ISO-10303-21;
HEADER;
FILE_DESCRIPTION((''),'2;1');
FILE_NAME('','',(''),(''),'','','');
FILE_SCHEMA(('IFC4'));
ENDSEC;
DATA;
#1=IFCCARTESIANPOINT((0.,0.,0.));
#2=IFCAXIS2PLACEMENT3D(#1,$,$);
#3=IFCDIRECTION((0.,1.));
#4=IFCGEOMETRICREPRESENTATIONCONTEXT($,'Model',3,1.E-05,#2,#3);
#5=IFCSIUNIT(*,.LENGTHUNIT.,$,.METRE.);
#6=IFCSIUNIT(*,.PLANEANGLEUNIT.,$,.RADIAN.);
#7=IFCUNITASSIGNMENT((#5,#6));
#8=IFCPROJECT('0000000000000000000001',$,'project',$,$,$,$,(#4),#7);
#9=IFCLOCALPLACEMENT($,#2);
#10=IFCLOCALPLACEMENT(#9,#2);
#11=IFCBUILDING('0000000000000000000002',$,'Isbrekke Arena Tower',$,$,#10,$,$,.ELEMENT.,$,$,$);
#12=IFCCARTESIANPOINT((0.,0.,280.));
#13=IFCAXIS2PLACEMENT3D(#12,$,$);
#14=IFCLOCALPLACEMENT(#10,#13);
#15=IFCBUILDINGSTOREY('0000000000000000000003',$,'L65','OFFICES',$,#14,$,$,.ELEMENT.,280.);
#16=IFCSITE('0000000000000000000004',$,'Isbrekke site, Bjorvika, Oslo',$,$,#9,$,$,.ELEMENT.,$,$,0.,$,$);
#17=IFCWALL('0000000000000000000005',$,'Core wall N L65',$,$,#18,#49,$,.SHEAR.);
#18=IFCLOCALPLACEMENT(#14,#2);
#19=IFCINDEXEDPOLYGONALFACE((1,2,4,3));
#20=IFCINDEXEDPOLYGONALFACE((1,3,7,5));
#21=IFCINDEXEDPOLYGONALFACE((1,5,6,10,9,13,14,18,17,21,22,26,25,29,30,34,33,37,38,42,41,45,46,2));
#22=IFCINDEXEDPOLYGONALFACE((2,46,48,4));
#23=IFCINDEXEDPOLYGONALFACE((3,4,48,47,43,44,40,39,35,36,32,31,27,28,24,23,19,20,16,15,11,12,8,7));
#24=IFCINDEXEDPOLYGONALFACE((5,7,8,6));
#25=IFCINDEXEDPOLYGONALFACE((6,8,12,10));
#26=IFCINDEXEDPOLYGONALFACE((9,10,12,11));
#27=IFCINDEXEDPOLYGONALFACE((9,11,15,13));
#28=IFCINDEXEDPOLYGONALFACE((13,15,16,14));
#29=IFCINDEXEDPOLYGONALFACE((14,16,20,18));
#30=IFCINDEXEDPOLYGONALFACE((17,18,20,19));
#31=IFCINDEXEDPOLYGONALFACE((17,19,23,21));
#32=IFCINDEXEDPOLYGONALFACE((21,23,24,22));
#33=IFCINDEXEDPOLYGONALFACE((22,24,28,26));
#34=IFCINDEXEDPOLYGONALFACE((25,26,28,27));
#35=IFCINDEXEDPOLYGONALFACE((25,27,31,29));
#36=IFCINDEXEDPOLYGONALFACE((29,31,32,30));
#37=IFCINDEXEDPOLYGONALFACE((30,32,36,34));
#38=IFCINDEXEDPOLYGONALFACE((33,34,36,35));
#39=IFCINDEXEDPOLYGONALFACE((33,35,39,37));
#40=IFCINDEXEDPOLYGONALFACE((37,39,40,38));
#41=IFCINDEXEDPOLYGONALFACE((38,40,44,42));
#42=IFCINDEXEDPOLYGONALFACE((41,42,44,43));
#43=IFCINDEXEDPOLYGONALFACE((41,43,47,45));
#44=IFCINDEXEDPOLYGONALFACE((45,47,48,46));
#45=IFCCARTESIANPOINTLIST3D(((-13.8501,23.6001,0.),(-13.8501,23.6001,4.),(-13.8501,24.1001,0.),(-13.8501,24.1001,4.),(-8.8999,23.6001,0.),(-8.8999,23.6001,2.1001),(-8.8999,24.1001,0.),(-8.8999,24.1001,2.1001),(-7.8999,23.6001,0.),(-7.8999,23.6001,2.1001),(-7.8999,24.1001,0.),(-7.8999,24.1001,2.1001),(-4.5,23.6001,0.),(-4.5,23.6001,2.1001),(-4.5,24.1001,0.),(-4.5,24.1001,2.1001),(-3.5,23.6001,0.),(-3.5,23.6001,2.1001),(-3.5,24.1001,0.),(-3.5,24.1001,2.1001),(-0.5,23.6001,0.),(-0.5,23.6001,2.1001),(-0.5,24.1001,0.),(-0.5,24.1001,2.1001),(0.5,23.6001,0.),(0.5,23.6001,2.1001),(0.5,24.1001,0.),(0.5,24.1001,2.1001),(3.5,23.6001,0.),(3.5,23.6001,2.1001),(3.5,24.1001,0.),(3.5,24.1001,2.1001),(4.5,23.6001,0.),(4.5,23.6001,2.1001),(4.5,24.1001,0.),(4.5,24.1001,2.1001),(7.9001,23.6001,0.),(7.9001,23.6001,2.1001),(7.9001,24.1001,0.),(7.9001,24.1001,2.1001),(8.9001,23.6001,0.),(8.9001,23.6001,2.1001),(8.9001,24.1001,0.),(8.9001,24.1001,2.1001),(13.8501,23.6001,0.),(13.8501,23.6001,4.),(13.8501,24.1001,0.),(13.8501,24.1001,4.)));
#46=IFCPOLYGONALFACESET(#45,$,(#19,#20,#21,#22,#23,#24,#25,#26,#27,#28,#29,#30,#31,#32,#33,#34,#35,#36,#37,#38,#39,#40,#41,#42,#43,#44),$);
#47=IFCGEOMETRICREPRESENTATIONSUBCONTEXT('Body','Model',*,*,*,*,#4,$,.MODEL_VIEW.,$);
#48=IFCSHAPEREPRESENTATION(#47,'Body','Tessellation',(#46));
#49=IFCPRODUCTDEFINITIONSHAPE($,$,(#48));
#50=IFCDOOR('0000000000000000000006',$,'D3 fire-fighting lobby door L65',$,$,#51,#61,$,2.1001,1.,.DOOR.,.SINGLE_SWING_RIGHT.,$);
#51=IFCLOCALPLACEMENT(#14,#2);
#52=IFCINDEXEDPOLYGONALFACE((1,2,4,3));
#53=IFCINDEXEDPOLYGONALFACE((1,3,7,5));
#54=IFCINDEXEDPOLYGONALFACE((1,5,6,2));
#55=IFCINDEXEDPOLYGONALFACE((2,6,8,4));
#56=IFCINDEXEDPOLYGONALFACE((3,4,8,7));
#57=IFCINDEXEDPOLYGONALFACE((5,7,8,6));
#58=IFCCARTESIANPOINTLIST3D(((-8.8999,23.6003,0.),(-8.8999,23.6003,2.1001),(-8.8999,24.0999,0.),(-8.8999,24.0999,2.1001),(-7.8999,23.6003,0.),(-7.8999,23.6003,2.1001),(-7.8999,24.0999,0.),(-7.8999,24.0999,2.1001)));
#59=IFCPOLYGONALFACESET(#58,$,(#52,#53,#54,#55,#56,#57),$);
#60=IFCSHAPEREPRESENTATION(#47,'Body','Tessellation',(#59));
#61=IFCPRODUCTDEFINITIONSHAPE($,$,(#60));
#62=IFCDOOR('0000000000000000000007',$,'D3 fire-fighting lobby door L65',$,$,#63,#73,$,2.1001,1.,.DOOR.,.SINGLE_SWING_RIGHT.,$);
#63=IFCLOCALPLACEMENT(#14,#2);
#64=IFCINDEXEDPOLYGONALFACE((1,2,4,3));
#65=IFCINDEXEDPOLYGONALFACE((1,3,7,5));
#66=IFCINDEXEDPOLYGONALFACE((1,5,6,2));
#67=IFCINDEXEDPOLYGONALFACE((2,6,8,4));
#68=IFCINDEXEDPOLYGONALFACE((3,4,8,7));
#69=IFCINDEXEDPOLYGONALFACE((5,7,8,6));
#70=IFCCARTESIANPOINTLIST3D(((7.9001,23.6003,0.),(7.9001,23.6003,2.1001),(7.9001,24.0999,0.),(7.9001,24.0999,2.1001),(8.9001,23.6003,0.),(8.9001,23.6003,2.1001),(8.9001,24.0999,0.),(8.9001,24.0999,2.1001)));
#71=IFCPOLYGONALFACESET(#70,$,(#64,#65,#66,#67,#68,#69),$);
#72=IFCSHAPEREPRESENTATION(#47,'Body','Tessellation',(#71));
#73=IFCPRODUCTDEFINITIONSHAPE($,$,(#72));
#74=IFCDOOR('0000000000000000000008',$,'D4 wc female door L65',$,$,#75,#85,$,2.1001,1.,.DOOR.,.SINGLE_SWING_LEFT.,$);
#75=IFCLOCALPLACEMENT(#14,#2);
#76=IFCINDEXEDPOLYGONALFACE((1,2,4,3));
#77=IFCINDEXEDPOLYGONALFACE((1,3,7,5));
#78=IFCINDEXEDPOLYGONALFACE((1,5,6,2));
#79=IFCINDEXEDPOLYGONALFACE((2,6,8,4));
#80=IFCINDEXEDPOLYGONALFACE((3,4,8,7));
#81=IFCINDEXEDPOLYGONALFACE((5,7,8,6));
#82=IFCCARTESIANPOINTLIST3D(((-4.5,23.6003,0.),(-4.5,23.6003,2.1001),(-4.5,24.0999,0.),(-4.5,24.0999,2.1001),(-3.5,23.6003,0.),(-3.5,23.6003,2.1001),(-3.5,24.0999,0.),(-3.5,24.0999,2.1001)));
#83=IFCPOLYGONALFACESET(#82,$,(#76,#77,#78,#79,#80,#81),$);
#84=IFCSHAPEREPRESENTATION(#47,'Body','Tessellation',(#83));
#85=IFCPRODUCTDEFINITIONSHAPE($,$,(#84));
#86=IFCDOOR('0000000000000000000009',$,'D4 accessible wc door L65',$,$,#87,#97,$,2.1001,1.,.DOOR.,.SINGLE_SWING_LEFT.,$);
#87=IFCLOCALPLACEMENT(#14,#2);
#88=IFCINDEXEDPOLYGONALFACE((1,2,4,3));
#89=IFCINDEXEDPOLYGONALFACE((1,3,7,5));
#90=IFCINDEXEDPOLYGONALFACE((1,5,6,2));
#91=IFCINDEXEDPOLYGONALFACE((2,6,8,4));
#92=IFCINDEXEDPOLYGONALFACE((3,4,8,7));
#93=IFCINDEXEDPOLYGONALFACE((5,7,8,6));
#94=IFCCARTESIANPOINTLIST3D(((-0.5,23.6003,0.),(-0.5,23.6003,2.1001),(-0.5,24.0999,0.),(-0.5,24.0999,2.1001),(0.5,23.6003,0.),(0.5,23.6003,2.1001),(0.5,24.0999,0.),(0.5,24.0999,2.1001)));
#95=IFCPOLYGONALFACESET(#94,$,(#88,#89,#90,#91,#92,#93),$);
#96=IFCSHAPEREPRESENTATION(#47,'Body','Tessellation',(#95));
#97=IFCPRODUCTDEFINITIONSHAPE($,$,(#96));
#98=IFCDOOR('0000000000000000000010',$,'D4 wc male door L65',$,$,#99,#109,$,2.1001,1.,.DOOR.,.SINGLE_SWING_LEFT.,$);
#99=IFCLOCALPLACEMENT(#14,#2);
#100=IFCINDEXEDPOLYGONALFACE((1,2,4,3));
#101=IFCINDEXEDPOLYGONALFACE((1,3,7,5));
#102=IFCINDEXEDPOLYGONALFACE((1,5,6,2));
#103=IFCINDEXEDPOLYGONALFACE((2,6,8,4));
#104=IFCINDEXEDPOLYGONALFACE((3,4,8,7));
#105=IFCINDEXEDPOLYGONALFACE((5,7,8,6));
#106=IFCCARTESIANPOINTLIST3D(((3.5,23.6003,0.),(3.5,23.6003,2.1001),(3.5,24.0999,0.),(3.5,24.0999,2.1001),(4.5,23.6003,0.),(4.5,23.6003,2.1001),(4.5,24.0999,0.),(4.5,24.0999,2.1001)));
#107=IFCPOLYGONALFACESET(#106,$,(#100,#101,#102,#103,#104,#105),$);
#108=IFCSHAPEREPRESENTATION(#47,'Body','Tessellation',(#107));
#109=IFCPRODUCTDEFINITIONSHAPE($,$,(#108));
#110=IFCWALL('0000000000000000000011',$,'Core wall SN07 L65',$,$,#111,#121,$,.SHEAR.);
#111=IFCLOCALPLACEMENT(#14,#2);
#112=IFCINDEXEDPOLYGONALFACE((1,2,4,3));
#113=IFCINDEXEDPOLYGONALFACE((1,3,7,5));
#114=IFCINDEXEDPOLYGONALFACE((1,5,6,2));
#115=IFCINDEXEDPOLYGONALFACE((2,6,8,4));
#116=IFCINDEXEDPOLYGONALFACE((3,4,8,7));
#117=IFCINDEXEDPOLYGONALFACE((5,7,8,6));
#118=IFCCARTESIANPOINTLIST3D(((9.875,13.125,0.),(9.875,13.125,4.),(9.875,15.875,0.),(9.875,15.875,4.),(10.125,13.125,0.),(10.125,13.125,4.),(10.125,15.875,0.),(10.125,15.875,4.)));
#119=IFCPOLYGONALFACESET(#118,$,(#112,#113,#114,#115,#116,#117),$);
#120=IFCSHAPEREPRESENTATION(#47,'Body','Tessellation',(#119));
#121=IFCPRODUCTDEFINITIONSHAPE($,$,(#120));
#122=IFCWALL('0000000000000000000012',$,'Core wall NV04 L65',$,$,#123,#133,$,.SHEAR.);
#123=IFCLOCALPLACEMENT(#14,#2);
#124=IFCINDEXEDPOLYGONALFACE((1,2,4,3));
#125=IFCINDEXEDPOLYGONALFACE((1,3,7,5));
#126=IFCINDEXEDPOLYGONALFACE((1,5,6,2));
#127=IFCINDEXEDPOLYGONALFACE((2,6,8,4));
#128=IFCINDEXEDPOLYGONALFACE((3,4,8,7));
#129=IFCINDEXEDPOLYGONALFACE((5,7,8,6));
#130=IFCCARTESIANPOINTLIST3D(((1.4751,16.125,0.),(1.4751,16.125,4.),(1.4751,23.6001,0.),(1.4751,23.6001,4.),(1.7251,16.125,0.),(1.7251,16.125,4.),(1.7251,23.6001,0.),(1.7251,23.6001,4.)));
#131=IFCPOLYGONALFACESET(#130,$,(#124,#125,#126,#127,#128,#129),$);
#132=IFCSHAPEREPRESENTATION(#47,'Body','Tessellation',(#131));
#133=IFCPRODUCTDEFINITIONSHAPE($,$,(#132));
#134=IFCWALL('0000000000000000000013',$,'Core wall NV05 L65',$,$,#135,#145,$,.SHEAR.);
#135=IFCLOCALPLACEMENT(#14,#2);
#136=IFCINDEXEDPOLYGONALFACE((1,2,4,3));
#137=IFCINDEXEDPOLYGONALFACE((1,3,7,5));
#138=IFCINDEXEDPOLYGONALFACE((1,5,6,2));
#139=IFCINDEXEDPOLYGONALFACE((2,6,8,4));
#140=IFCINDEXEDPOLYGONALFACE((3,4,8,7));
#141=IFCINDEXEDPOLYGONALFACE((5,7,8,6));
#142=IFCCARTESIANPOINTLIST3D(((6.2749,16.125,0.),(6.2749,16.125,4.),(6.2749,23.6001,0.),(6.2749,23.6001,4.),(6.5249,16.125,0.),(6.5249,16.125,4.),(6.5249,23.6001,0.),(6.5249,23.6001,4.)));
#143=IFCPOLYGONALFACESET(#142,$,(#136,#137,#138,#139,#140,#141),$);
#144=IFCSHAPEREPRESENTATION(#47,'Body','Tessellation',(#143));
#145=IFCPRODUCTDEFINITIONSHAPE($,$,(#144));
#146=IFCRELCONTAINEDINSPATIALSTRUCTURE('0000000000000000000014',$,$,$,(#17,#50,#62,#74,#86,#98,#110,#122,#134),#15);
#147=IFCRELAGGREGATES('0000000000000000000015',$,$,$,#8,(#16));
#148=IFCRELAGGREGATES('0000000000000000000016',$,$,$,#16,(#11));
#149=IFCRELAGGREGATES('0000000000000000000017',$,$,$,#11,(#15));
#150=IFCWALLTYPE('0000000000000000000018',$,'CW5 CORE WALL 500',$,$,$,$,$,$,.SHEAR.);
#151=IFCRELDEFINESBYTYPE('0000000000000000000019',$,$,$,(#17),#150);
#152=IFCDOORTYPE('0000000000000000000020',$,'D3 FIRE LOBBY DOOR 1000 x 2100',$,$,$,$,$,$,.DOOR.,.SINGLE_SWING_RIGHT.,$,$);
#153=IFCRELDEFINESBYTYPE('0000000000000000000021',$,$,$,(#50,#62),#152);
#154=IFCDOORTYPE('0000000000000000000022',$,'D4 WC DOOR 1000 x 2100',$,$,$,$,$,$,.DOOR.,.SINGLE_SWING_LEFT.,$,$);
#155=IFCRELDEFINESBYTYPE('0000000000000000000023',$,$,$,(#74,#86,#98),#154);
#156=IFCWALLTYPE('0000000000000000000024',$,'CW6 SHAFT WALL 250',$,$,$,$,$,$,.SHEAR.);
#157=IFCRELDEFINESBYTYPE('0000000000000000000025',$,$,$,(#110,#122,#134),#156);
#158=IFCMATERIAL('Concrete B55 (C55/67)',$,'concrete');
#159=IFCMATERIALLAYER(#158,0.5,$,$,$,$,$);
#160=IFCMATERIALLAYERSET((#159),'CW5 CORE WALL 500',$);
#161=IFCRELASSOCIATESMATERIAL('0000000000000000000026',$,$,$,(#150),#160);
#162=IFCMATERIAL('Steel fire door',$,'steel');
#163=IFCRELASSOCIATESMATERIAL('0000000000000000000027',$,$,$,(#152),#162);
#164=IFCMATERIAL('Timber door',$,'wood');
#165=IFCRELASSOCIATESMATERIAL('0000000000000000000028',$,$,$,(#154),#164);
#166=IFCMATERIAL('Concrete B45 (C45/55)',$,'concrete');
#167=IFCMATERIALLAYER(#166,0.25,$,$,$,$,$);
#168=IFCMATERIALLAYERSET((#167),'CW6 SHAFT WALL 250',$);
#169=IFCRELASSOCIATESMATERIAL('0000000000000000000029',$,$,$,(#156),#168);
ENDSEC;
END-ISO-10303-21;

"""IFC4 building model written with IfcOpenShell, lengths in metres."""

from ifc_helpers import new_model, si_unit, direction, frame, frame_2d, origin, place, context, subcontext, project, spatial, rectangle, extrude, material, layer, layer_set, type_object, element, fill, save


model = new_model("IFC4")

# Units and contexts
model_context = context("Model", 3, precision=1e-05, world=origin(), true_north=direction((0.0, 1.0)))
body_context = subcontext(model_context, "Body", "Model", "MODEL_VIEW")
ifc_project = project(units=[si_unit("LENGTHUNIT", "METRE"), si_unit("PLANEANGLEUNIT", "RADIAN")], contexts=[model_context])

# Site, building, storey
site_placement = place(None, origin())
site = spatial("IfcSite", under=ifc_project, at=site_placement, Name="Isbrekke site, Bjorvika, Oslo", CompositionType="ELEMENT", RefElevation=0.0)
building_placement = place(site_placement, origin())
building = spatial("IfcBuilding", under=site, at=building_placement, Name="Isbrekke Arena Tower", CompositionType="ELEMENT")
storey_placement = place(building_placement, frame((0.0, 0.0, 280.0)))
storey = spatial("IfcBuildingStorey", under=building, at=storey_placement, Name="L65", Description="OFFICES", CompositionType="ELEMENT", Elevation=280.0)

# Wall, openings, doors
ifc_material_1 = material(Name="Concrete B55 (C55/67)", Category="concrete")
ifc_layer_1 = layer(ifc_material_1, 0.5)
ifc_layer_set_1 = layer_set([ifc_layer_1], Name="CW5 CORE WALL 500")
wall_type_1 = type_object("IfcWallType", Name="CW5 CORE WALL 500", PredefinedType="SHEAR", material=ifc_layer_set_1)
wall_1_placement = place(storey_placement, frame((13.8501, 23.8501, 0.0), z_axis=(0.0, 0.0, 1.0), x_axis=(-1.0, 0.0, 0.0)))
wall_1 = element("IfcWall", 1, at=wall_1_placement, inside=storey, type_object=wall_type_1, Name="Core wall N L65", PredefinedType="SHEAR", context=body_context, shape_type="SweptSolid", body=[
    extrude(rectangle(XDim=27.7002, YDim=0.5, at=frame_2d((13.8501, 0.0))), origin(), (0.0, 0.0, 1.0), 4.0),
])
opening_1_placement = place(wall_1_placement, frame((21.75, 0.0, 0.0)))
opening_1 = element("IfcOpeningElement", 2, at=opening_1_placement, cuts=wall_1, PredefinedType="OPENING", context=body_context, shape_type="SweptSolid", body=[
    extrude(rectangle(XDim=1.0, YDim=2.1001, at=frame_2d((0.5, 1.05))), frame((0.0, 0.2649, 0.0), z_axis=(0.0, -1.0, 0.0), x_axis=(1.0, 0.0, 0.0)), (0.0, 0.0, 1.0), 0.5298),
])
opening_2_placement = place(wall_1_placement, frame((4.95, 0.0, 0.0)))
opening_2 = element("IfcOpeningElement", 3, at=opening_2_placement, cuts=wall_1, PredefinedType="OPENING", context=body_context, shape_type="SweptSolid", body=[
    extrude(rectangle(XDim=1.0, YDim=2.1001, at=frame_2d((0.5, 1.05))), frame((0.0, 0.2649, 0.0), z_axis=(0.0, -1.0, 0.0), x_axis=(1.0, 0.0, 0.0)), (0.0, 0.0, 1.0), 0.5298),
])
opening_3_placement = place(wall_1_placement, frame((17.3501, 0.0, 0.0)))
opening_3 = element("IfcOpeningElement", 4, at=opening_3_placement, cuts=wall_1, PredefinedType="OPENING", context=body_context, shape_type="SweptSolid", body=[
    extrude(rectangle(XDim=1.0, YDim=2.1001, at=frame_2d((0.5, 1.05))), frame((0.0, 0.2649, 0.0), z_axis=(0.0, -1.0, 0.0), x_axis=(1.0, 0.0, 0.0)), (0.0, 0.0, 1.0), 0.5298),
])
opening_4_placement = place(wall_1_placement, frame((13.3501, 0.0, 0.0)))
opening_4 = element("IfcOpeningElement", 5, at=opening_4_placement, cuts=wall_1, PredefinedType="OPENING", context=body_context, shape_type="SweptSolid", body=[
    extrude(rectangle(XDim=1.0, YDim=2.1001, at=frame_2d((0.5, 1.05))), frame((0.0, 0.2649, 0.0), z_axis=(0.0, -1.0, 0.0), x_axis=(1.0, 0.0, 0.0)), (0.0, 0.0, 1.0), 0.5298),
])
opening_5_placement = place(wall_1_placement, frame((9.3501, 0.0, 0.0)))
opening_5 = element("IfcOpeningElement", 6, at=opening_5_placement, cuts=wall_1, PredefinedType="OPENING", context=body_context, shape_type="SweptSolid", body=[
    extrude(rectangle(XDim=1.0, YDim=2.1001, at=frame_2d((0.5, 1.05))), frame((0.0, 0.2649, 0.0), z_axis=(0.0, -1.0, 0.0), x_axis=(1.0, 0.0, 0.0)), (0.0, 0.0, 1.0), 0.5298),
])
ifc_material_2 = material(Name="Steel fire door", Category="steel")
door_type_1 = type_object("IfcDoorType", Name="D3 FIRE LOBBY DOOR 1000 x 2100", OperationType="SINGLE_SWING_RIGHT", PredefinedType="DOOR", material=ifc_material_2)
door_1_placement = place(opening_1_placement, origin())
door_1 = element("IfcDoor", 7, at=door_1_placement, inside=storey, type_object=door_type_1, Name="D3 fire-fighting lobby door L65", OperationType="SINGLE_SWING_RIGHT", OverallHeight=2.1001, OverallWidth=1.0, PredefinedType="DOOR", context=body_context, shape_type="SweptSolid", body=[
    extrude(rectangle(XDim=1.0, YDim=2.1001, at=frame_2d((0.5, 1.05))), frame((0.0, 0.2498, 0.0), z_axis=(0.0, -1.0, 0.0), x_axis=(1.0, 0.0, 0.0)), (0.0, 0.0, 1.0), 0.4995),
])
fill(opening_1, door_1)
door_2_placement = place(opening_2_placement, origin())
door_2 = element("IfcDoor", 8, at=door_2_placement, inside=storey, type_object=door_type_1, Name="D3 fire-fighting lobby door L65", OperationType="SINGLE_SWING_RIGHT", OverallHeight=2.1001, OverallWidth=1.0, PredefinedType="DOOR", context=body_context, shape_type="SweptSolid", body=[
    extrude(rectangle(XDim=1.0, YDim=2.1001, at=frame_2d((0.5, 1.05))), frame((0.0, 0.2498, 0.0), z_axis=(0.0, -1.0, 0.0), x_axis=(1.0, 0.0, 0.0)), (0.0, 0.0, 1.0), 0.4995),
])
fill(opening_2, door_2)
ifc_material_3 = material(Name="Timber door", Category="wood")
door_type_2 = type_object("IfcDoorType", Name="D4 WC DOOR 1000 x 2100", OperationType="SINGLE_SWING_LEFT", PredefinedType="DOOR", material=ifc_material_3)
door_3_placement = place(opening_3_placement, origin())
door_3 = element("IfcDoor", 9, at=door_3_placement, inside=storey, type_object=door_type_2, Name="D4 wc female door L65", OperationType="SINGLE_SWING_LEFT", OverallHeight=2.1001, OverallWidth=1.0, PredefinedType="DOOR", context=body_context, shape_type="SweptSolid", body=[
    extrude(rectangle(XDim=1.0, YDim=2.1001, at=frame_2d((0.5, 1.05))), frame((0.0, 0.2498, 0.0), z_axis=(0.0, -1.0, 0.0), x_axis=(1.0, 0.0, 0.0)), (0.0, 0.0, 1.0), 0.4995),
])
fill(opening_3, door_3)
door_4_placement = place(opening_4_placement, origin())
door_4 = element("IfcDoor", 10, at=door_4_placement, inside=storey, type_object=door_type_2, Name="D4 accessible wc door L65", OperationType="SINGLE_SWING_LEFT", OverallHeight=2.1001, OverallWidth=1.0, PredefinedType="DOOR", context=body_context, shape_type="SweptSolid", body=[
    extrude(rectangle(XDim=1.0, YDim=2.1001, at=frame_2d((0.5, 1.05))), frame((0.0, 0.2498, 0.0), z_axis=(0.0, -1.0, 0.0), x_axis=(1.0, 0.0, 0.0)), (0.0, 0.0, 1.0), 0.4995),
])
fill(opening_4, door_4)
door_5_placement = place(opening_5_placement, origin())
door_5 = element("IfcDoor", 11, at=door_5_placement, inside=storey, type_object=door_type_2, Name="D4 wc male door L65", OperationType="SINGLE_SWING_LEFT", OverallHeight=2.1001, OverallWidth=1.0, PredefinedType="DOOR", context=body_context, shape_type="SweptSolid", body=[
    extrude(rectangle(XDim=1.0, YDim=2.1001, at=frame_2d((0.5, 1.05))), frame((0.0, 0.2498, 0.0), z_axis=(0.0, -1.0, 0.0), x_axis=(1.0, 0.0, 0.0)), (0.0, 0.0, 1.0), 0.4995),
])
fill(opening_5, door_5)

# Walls
ifc_material_4 = material(Name="Concrete B45 (C45/55)", Category="concrete")
ifc_layer_2 = layer(ifc_material_4, 0.25)
ifc_layer_set_2 = layer_set([ifc_layer_2], Name="CW6 SHAFT WALL 250")
wall_type_2 = type_object("IfcWallType", Name="CW6 SHAFT WALL 250", PredefinedType="SHEAR", material=ifc_layer_set_2)
wall_2_placement = place(storey_placement, frame((10.0, 13.125, 0.0), z_axis=(0.0, 0.0, 1.0), x_axis=(0.0, 1.0, 0.0)))
element("IfcWall", 12, at=wall_2_placement, inside=storey, type_object=wall_type_2, Name="Core wall SN07 L65", PredefinedType="SHEAR", context=body_context, shape_type="SweptSolid", body=[
    extrude(rectangle(XDim=2.75, YDim=0.25, at=frame_2d((1.375, 0.0))), origin(), (0.0, 0.0, 1.0), 4.0),
])
for number, where, z_axis, x_axis, name in (
    (13, (1.6001, 16.125, 0.0), (0.0, 0.0, 1.0), (0.0, 1.0, 0.0), "Core wall NV04 L65"),
    (14, (6.3999, 16.125, 0.0), (0.0, 0.0, 1.0), (0.0, 1.0, 0.0), "Core wall NV05 L65"),
):
    element("IfcWall", number, at=place(storey_placement, frame(where, z_axis=z_axis, x_axis=x_axis)), inside=storey, type_object=wall_type_2, Name=name, PredefinedType="SHEAR", context=body_context, shape_type="SweptSolid", body=[
        extrude(rectangle(XDim=7.4751, YDim=0.25, at=frame_2d((3.7375, 0.0))), origin(), (0.0, 0.0, 1.0), 4.0),
    ])

save(model, "model.ifc")
